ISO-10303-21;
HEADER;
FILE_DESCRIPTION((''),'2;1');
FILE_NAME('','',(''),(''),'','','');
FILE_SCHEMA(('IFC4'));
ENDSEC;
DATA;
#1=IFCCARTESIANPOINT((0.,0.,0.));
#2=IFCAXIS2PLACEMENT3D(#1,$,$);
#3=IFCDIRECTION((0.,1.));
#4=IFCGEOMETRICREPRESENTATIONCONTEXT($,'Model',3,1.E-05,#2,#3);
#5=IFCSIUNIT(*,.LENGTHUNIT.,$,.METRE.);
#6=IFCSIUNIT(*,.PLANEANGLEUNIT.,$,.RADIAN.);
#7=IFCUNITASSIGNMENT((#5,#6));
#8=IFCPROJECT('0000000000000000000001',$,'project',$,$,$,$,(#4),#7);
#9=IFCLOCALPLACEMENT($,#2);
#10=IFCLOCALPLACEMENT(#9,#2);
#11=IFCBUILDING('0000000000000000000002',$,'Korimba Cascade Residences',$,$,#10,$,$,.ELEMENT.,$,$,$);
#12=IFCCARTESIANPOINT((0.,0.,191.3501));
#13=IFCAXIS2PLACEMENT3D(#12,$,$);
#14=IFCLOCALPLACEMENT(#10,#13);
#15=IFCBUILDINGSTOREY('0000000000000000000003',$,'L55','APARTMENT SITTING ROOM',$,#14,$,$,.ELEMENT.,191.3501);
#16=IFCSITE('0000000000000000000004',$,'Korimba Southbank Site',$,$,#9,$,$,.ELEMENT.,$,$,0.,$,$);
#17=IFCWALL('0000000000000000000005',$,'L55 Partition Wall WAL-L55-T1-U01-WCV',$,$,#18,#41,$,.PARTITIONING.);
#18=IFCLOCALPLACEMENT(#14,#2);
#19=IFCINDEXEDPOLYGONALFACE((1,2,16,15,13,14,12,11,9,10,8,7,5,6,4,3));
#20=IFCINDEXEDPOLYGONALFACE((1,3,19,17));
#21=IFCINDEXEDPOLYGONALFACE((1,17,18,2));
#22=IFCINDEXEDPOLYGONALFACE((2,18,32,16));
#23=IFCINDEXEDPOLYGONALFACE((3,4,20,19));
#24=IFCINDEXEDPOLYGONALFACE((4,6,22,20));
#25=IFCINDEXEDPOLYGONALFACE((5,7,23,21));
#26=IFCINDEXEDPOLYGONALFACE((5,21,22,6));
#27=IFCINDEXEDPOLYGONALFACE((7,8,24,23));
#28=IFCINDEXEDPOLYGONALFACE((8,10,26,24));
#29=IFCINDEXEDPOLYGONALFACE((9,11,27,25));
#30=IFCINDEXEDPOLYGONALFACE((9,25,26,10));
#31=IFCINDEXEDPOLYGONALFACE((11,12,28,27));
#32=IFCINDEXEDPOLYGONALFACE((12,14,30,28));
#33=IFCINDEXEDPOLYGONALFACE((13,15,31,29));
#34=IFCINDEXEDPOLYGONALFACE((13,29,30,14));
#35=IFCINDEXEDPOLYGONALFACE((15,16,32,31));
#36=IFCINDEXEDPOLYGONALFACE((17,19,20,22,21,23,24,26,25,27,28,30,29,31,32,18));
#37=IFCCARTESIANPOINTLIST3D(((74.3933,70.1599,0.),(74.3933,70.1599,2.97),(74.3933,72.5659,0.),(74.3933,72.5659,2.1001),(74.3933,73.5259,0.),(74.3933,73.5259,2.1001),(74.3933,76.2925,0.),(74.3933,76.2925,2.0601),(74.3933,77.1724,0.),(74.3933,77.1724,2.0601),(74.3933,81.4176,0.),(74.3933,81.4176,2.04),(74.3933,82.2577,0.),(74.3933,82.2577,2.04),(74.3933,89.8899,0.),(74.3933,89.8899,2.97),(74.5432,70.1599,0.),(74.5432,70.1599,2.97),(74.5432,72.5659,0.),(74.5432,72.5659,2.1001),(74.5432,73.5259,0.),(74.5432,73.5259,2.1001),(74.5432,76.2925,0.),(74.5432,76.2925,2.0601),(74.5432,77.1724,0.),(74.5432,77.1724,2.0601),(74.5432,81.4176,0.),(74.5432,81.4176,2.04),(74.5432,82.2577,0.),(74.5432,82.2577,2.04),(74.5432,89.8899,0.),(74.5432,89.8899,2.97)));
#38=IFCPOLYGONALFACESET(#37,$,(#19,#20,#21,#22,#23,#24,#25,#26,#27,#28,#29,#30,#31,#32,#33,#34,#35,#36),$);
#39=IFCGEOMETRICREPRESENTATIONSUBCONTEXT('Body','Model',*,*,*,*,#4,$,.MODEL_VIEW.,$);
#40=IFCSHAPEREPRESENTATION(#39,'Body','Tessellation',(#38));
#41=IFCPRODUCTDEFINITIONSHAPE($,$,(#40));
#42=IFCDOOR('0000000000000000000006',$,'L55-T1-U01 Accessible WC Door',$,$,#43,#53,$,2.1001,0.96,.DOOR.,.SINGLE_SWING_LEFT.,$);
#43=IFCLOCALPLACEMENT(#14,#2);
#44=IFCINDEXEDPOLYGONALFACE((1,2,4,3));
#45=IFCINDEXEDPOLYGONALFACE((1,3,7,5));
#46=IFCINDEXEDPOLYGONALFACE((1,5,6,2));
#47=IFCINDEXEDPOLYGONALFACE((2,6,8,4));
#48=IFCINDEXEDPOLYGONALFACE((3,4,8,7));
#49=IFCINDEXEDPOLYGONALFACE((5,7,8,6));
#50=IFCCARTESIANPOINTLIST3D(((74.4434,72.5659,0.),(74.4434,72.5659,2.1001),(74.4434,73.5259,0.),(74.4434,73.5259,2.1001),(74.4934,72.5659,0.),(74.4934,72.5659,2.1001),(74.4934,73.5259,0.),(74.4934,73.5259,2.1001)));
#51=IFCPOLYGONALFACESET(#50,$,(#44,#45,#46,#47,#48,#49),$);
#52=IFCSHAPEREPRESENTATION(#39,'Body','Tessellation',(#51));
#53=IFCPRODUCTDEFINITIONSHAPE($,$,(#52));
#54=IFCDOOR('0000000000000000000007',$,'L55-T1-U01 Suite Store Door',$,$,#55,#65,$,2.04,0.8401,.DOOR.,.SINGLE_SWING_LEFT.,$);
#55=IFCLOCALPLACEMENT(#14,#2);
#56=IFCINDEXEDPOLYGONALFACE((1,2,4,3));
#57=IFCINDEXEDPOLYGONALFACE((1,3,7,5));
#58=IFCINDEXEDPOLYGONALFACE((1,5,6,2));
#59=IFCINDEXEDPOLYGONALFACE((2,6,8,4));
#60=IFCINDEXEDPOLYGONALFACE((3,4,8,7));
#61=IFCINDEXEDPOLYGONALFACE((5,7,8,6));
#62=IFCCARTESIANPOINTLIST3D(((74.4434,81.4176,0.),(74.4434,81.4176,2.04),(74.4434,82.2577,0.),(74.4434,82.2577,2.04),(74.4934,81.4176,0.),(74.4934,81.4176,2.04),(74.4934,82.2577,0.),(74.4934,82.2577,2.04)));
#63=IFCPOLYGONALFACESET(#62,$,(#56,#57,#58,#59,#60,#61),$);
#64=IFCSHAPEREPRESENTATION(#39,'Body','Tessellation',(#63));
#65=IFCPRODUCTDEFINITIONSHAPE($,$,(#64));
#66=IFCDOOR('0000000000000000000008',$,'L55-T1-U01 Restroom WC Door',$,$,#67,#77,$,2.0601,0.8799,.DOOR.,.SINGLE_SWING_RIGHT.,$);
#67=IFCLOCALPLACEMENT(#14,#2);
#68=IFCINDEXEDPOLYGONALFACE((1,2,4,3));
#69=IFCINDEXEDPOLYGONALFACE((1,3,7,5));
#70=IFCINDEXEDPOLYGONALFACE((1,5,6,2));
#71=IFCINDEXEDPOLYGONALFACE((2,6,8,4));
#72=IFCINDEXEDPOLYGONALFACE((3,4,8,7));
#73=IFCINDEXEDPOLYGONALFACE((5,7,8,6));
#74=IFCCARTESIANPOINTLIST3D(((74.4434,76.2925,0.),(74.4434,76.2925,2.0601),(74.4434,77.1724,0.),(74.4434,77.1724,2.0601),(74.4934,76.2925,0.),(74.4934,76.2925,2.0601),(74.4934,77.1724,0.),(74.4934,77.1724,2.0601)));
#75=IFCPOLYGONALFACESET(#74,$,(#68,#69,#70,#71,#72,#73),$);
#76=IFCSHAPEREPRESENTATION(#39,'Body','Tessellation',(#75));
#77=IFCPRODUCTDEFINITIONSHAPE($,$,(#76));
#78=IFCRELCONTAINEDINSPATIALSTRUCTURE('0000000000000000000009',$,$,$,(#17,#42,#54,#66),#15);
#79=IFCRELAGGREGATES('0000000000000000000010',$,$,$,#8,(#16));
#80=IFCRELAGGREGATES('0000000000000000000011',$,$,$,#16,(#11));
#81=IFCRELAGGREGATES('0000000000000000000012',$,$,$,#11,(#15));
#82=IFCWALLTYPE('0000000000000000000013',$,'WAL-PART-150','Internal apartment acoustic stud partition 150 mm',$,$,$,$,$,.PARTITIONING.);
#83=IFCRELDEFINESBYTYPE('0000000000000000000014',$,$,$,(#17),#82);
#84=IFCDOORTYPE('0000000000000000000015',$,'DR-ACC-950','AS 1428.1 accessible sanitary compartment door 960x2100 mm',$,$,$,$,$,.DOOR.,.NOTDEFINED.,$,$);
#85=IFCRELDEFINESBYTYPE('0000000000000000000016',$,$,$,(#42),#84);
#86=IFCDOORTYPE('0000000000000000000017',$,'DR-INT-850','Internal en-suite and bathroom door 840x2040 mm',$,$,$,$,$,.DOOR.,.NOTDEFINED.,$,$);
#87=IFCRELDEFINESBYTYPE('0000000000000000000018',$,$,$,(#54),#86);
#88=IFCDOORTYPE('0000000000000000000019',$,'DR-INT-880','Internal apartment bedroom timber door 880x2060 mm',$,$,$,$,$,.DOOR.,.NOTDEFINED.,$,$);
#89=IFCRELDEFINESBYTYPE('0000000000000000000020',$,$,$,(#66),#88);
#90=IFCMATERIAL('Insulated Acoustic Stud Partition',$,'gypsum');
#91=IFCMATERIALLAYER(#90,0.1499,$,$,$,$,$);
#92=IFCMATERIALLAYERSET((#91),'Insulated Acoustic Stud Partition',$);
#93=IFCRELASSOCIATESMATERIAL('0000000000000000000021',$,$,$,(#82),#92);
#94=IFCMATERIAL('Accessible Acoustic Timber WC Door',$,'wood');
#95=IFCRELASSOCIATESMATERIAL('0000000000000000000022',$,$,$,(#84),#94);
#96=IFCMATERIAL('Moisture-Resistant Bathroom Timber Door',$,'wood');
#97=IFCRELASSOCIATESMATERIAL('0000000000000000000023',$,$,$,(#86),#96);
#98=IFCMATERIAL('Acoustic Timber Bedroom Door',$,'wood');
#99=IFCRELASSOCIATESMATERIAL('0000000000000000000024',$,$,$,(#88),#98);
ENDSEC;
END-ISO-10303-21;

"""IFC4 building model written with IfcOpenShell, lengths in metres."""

from ifc_helpers import new_model, si_unit, direction, frame, frame_2d, origin, place, context, subcontext, project, spatial, rectangle, extrude, material, layer, layer_set, type_object, element, fill, save


model = new_model("IFC4")

# Units and contexts
model_context = context("Model", 3, precision=1e-05, world=origin(), true_north=direction((0.0, 1.0)))
body_context = subcontext(model_context, "Body", "Model", "MODEL_VIEW")
ifc_project = project(units=[si_unit("LENGTHUNIT", "METRE"), si_unit("PLANEANGLEUNIT", "RADIAN")], contexts=[model_context])

# Site, building, storey
site_placement = place(None, origin())
site = spatial("IfcSite", under=ifc_project, at=site_placement, Name="Korimba Southbank Site", CompositionType="ELEMENT", RefElevation=0.0)
building_placement = place(site_placement, origin())
building = spatial("IfcBuilding", under=site, at=building_placement, Name="Korimba Cascade Residences", CompositionType="ELEMENT")
storey_placement = place(building_placement, frame((0.0, 0.0, 191.3501)))
storey = spatial("IfcBuildingStorey", under=building, at=storey_placement, Name="L55", Description="APARTMENT SITTING ROOM", CompositionType="ELEMENT", Elevation=191.3501)

# Shared definitions
ifc_material_1 = material(Name="Insulated Acoustic Stud Partition", Category="gypsum")
ifc_layer_1 = layer(ifc_material_1, 0.1499)
ifc_layer_set_1 = layer_set([ifc_layer_1], Name="Insulated Acoustic Stud Partition")
wall_type_1 = type_object("IfcWallType", Name="WAL-PART-150", Description="Internal apartment acoustic stud partition 150 mm", PredefinedType="PARTITIONING", material=ifc_layer_set_1)

# Wall, openings, doors
wall_1_placement = place(storey_placement, frame((74.4683, 70.1599, 0.0), z_axis=(0.0, 0.0, 1.0), x_axis=(0.0, 1.0, 0.0)))
wall_1 = element("IfcWall", 1, at=wall_1_placement, inside=storey, type_object=wall_type_1, Name="L55 Partition Wall WAL-L55-T1-U01-WCV", PredefinedType="PARTITIONING", context=body_context, shape_type="SweptSolid", body=[
    extrude(rectangle(XDim=19.73, YDim=0.1499, at=frame_2d((9.865, 0.0))), origin(), (0.0, 0.0, 1.0), 2.97),
])
opening_1_placement = place(wall_1_placement, frame((2.406, 0.0, 0.0)))
opening_1 = element("IfcOpeningElement", 2, at=opening_1_placement, cuts=wall_1, PredefinedType="OPENING", context=body_context, shape_type="SweptSolid", body=[
    extrude(rectangle(XDim=0.96, YDim=2.1001, at=frame_2d((0.48, 1.05))), frame((0.0, 0.085, 0.0), z_axis=(0.0, -1.0, 0.0), x_axis=(1.0, 0.0, 0.0)), (0.0, 0.0, 1.0), 0.1699),
])
opening_2_placement = place(wall_1_placement, frame((6.1326, 0.0, 0.0)))
opening_2 = element("IfcOpeningElement", 3, at=opening_2_placement, cuts=wall_1, PredefinedType="OPENING", context=body_context, shape_type="SweptSolid", body=[
    extrude(rectangle(XDim=0.8799, YDim=2.0601, at=frame_2d((0.4399, 1.03))), frame((0.0, 0.085, 0.0), z_axis=(0.0, -1.0, 0.0), x_axis=(1.0, 0.0, 0.0)), (0.0, 0.0, 1.0), 0.1699),
])
opening_3_placement = place(wall_1_placement, frame((11.2578, 0.0, 0.0)))
opening_3 = element("IfcOpeningElement", 4, at=opening_3_placement, cuts=wall_1, PredefinedType="OPENING", context=body_context, shape_type="SweptSolid", body=[
    extrude(rectangle(XDim=0.8401, YDim=2.04, at=frame_2d((0.4199, 1.02))), frame((0.0, 0.085, 0.0), z_axis=(0.0, -1.0, 0.0), x_axis=(1.0, 0.0, 0.0)), (0.0, 0.0, 1.0), 0.1699),
])
ifc_material_2 = material(Name="Accessible Acoustic Timber WC Door", Category="wood")
door_type_1 = type_object("IfcDoorType", Name="DR-ACC-950", Description="AS 1428.1 accessible sanitary compartment door 960x2100 mm", OperationType="NOTDEFINED", PredefinedType="DOOR", material=ifc_material_2)
door_1_placement = place(opening_1_placement, origin())
door_1 = element("IfcDoor", 5, at=door_1_placement, inside=storey, type_object=door_type_1, Name="L55-T1-U01 Accessible WC Door", OperationType="SINGLE_SWING_LEFT", OverallHeight=2.1001, OverallWidth=0.96, PredefinedType="DOOR", context=body_context, shape_type="SweptSolid", body=[
    extrude(rectangle(XDim=0.96, YDim=2.1001, at=frame_2d((0.48, 1.05))), frame((0.0, 0.0249, 0.0), z_axis=(0.0, -1.0, 0.0), x_axis=(1.0, 0.0, 0.0)), (0.0, 0.0, 1.0), 0.05),
])
fill(opening_1, door_1)
ifc_material_3 = material(Name="Moisture-Resistant Bathroom Timber Door", Category="wood")
door_type_2 = type_object("IfcDoorType", Name="DR-INT-850", Description="Internal en-suite and bathroom door 840x2040 mm", OperationType="NOTDEFINED", PredefinedType="DOOR", material=ifc_material_3)
door_2_placement = place(opening_3_placement, origin())
door_2 = element("IfcDoor", 6, at=door_2_placement, inside=storey, type_object=door_type_2, Name="L55-T1-U01 Suite Store Door", OperationType="SINGLE_SWING_LEFT", OverallHeight=2.04, OverallWidth=0.8401, PredefinedType="DOOR", context=body_context, shape_type="SweptSolid", body=[
    extrude(rectangle(XDim=0.8401, YDim=2.04, at=frame_2d((0.4199, 1.02))), frame((0.0, 0.0249, 0.0), z_axis=(0.0, -1.0, 0.0), x_axis=(1.0, 0.0, 0.0)), (0.0, 0.0, 1.0), 0.05),
])
fill(opening_3, door_2)
ifc_material_4 = material(Name="Acoustic Timber Bedroom Door", Category="wood")
door_type_3 = type_object("IfcDoorType", Name="DR-INT-880", Description="Internal apartment bedroom timber door 880x2060 mm", OperationType="NOTDEFINED", PredefinedType="DOOR", material=ifc_material_4)
door_3_placement = place(opening_2_placement, origin())
door_3 = element("IfcDoor", 7, at=door_3_placement, inside=storey, type_object=door_type_3, Name="L55-T1-U01 Restroom WC Door", OperationType="SINGLE_SWING_RIGHT", OverallHeight=2.0601, OverallWidth=0.8799, PredefinedType="DOOR", context=body_context, shape_type="SweptSolid", body=[
    extrude(rectangle(XDim=0.8799, YDim=2.0601, at=frame_2d((0.4399, 1.03))), frame((0.0, 0.0249, 0.0), z_axis=(0.0, -1.0, 0.0), x_axis=(1.0, 0.0, 0.0)), (0.0, 0.0, 1.0), 0.05),
])
fill(opening_2, door_3)

save(model, "model.ifc")
